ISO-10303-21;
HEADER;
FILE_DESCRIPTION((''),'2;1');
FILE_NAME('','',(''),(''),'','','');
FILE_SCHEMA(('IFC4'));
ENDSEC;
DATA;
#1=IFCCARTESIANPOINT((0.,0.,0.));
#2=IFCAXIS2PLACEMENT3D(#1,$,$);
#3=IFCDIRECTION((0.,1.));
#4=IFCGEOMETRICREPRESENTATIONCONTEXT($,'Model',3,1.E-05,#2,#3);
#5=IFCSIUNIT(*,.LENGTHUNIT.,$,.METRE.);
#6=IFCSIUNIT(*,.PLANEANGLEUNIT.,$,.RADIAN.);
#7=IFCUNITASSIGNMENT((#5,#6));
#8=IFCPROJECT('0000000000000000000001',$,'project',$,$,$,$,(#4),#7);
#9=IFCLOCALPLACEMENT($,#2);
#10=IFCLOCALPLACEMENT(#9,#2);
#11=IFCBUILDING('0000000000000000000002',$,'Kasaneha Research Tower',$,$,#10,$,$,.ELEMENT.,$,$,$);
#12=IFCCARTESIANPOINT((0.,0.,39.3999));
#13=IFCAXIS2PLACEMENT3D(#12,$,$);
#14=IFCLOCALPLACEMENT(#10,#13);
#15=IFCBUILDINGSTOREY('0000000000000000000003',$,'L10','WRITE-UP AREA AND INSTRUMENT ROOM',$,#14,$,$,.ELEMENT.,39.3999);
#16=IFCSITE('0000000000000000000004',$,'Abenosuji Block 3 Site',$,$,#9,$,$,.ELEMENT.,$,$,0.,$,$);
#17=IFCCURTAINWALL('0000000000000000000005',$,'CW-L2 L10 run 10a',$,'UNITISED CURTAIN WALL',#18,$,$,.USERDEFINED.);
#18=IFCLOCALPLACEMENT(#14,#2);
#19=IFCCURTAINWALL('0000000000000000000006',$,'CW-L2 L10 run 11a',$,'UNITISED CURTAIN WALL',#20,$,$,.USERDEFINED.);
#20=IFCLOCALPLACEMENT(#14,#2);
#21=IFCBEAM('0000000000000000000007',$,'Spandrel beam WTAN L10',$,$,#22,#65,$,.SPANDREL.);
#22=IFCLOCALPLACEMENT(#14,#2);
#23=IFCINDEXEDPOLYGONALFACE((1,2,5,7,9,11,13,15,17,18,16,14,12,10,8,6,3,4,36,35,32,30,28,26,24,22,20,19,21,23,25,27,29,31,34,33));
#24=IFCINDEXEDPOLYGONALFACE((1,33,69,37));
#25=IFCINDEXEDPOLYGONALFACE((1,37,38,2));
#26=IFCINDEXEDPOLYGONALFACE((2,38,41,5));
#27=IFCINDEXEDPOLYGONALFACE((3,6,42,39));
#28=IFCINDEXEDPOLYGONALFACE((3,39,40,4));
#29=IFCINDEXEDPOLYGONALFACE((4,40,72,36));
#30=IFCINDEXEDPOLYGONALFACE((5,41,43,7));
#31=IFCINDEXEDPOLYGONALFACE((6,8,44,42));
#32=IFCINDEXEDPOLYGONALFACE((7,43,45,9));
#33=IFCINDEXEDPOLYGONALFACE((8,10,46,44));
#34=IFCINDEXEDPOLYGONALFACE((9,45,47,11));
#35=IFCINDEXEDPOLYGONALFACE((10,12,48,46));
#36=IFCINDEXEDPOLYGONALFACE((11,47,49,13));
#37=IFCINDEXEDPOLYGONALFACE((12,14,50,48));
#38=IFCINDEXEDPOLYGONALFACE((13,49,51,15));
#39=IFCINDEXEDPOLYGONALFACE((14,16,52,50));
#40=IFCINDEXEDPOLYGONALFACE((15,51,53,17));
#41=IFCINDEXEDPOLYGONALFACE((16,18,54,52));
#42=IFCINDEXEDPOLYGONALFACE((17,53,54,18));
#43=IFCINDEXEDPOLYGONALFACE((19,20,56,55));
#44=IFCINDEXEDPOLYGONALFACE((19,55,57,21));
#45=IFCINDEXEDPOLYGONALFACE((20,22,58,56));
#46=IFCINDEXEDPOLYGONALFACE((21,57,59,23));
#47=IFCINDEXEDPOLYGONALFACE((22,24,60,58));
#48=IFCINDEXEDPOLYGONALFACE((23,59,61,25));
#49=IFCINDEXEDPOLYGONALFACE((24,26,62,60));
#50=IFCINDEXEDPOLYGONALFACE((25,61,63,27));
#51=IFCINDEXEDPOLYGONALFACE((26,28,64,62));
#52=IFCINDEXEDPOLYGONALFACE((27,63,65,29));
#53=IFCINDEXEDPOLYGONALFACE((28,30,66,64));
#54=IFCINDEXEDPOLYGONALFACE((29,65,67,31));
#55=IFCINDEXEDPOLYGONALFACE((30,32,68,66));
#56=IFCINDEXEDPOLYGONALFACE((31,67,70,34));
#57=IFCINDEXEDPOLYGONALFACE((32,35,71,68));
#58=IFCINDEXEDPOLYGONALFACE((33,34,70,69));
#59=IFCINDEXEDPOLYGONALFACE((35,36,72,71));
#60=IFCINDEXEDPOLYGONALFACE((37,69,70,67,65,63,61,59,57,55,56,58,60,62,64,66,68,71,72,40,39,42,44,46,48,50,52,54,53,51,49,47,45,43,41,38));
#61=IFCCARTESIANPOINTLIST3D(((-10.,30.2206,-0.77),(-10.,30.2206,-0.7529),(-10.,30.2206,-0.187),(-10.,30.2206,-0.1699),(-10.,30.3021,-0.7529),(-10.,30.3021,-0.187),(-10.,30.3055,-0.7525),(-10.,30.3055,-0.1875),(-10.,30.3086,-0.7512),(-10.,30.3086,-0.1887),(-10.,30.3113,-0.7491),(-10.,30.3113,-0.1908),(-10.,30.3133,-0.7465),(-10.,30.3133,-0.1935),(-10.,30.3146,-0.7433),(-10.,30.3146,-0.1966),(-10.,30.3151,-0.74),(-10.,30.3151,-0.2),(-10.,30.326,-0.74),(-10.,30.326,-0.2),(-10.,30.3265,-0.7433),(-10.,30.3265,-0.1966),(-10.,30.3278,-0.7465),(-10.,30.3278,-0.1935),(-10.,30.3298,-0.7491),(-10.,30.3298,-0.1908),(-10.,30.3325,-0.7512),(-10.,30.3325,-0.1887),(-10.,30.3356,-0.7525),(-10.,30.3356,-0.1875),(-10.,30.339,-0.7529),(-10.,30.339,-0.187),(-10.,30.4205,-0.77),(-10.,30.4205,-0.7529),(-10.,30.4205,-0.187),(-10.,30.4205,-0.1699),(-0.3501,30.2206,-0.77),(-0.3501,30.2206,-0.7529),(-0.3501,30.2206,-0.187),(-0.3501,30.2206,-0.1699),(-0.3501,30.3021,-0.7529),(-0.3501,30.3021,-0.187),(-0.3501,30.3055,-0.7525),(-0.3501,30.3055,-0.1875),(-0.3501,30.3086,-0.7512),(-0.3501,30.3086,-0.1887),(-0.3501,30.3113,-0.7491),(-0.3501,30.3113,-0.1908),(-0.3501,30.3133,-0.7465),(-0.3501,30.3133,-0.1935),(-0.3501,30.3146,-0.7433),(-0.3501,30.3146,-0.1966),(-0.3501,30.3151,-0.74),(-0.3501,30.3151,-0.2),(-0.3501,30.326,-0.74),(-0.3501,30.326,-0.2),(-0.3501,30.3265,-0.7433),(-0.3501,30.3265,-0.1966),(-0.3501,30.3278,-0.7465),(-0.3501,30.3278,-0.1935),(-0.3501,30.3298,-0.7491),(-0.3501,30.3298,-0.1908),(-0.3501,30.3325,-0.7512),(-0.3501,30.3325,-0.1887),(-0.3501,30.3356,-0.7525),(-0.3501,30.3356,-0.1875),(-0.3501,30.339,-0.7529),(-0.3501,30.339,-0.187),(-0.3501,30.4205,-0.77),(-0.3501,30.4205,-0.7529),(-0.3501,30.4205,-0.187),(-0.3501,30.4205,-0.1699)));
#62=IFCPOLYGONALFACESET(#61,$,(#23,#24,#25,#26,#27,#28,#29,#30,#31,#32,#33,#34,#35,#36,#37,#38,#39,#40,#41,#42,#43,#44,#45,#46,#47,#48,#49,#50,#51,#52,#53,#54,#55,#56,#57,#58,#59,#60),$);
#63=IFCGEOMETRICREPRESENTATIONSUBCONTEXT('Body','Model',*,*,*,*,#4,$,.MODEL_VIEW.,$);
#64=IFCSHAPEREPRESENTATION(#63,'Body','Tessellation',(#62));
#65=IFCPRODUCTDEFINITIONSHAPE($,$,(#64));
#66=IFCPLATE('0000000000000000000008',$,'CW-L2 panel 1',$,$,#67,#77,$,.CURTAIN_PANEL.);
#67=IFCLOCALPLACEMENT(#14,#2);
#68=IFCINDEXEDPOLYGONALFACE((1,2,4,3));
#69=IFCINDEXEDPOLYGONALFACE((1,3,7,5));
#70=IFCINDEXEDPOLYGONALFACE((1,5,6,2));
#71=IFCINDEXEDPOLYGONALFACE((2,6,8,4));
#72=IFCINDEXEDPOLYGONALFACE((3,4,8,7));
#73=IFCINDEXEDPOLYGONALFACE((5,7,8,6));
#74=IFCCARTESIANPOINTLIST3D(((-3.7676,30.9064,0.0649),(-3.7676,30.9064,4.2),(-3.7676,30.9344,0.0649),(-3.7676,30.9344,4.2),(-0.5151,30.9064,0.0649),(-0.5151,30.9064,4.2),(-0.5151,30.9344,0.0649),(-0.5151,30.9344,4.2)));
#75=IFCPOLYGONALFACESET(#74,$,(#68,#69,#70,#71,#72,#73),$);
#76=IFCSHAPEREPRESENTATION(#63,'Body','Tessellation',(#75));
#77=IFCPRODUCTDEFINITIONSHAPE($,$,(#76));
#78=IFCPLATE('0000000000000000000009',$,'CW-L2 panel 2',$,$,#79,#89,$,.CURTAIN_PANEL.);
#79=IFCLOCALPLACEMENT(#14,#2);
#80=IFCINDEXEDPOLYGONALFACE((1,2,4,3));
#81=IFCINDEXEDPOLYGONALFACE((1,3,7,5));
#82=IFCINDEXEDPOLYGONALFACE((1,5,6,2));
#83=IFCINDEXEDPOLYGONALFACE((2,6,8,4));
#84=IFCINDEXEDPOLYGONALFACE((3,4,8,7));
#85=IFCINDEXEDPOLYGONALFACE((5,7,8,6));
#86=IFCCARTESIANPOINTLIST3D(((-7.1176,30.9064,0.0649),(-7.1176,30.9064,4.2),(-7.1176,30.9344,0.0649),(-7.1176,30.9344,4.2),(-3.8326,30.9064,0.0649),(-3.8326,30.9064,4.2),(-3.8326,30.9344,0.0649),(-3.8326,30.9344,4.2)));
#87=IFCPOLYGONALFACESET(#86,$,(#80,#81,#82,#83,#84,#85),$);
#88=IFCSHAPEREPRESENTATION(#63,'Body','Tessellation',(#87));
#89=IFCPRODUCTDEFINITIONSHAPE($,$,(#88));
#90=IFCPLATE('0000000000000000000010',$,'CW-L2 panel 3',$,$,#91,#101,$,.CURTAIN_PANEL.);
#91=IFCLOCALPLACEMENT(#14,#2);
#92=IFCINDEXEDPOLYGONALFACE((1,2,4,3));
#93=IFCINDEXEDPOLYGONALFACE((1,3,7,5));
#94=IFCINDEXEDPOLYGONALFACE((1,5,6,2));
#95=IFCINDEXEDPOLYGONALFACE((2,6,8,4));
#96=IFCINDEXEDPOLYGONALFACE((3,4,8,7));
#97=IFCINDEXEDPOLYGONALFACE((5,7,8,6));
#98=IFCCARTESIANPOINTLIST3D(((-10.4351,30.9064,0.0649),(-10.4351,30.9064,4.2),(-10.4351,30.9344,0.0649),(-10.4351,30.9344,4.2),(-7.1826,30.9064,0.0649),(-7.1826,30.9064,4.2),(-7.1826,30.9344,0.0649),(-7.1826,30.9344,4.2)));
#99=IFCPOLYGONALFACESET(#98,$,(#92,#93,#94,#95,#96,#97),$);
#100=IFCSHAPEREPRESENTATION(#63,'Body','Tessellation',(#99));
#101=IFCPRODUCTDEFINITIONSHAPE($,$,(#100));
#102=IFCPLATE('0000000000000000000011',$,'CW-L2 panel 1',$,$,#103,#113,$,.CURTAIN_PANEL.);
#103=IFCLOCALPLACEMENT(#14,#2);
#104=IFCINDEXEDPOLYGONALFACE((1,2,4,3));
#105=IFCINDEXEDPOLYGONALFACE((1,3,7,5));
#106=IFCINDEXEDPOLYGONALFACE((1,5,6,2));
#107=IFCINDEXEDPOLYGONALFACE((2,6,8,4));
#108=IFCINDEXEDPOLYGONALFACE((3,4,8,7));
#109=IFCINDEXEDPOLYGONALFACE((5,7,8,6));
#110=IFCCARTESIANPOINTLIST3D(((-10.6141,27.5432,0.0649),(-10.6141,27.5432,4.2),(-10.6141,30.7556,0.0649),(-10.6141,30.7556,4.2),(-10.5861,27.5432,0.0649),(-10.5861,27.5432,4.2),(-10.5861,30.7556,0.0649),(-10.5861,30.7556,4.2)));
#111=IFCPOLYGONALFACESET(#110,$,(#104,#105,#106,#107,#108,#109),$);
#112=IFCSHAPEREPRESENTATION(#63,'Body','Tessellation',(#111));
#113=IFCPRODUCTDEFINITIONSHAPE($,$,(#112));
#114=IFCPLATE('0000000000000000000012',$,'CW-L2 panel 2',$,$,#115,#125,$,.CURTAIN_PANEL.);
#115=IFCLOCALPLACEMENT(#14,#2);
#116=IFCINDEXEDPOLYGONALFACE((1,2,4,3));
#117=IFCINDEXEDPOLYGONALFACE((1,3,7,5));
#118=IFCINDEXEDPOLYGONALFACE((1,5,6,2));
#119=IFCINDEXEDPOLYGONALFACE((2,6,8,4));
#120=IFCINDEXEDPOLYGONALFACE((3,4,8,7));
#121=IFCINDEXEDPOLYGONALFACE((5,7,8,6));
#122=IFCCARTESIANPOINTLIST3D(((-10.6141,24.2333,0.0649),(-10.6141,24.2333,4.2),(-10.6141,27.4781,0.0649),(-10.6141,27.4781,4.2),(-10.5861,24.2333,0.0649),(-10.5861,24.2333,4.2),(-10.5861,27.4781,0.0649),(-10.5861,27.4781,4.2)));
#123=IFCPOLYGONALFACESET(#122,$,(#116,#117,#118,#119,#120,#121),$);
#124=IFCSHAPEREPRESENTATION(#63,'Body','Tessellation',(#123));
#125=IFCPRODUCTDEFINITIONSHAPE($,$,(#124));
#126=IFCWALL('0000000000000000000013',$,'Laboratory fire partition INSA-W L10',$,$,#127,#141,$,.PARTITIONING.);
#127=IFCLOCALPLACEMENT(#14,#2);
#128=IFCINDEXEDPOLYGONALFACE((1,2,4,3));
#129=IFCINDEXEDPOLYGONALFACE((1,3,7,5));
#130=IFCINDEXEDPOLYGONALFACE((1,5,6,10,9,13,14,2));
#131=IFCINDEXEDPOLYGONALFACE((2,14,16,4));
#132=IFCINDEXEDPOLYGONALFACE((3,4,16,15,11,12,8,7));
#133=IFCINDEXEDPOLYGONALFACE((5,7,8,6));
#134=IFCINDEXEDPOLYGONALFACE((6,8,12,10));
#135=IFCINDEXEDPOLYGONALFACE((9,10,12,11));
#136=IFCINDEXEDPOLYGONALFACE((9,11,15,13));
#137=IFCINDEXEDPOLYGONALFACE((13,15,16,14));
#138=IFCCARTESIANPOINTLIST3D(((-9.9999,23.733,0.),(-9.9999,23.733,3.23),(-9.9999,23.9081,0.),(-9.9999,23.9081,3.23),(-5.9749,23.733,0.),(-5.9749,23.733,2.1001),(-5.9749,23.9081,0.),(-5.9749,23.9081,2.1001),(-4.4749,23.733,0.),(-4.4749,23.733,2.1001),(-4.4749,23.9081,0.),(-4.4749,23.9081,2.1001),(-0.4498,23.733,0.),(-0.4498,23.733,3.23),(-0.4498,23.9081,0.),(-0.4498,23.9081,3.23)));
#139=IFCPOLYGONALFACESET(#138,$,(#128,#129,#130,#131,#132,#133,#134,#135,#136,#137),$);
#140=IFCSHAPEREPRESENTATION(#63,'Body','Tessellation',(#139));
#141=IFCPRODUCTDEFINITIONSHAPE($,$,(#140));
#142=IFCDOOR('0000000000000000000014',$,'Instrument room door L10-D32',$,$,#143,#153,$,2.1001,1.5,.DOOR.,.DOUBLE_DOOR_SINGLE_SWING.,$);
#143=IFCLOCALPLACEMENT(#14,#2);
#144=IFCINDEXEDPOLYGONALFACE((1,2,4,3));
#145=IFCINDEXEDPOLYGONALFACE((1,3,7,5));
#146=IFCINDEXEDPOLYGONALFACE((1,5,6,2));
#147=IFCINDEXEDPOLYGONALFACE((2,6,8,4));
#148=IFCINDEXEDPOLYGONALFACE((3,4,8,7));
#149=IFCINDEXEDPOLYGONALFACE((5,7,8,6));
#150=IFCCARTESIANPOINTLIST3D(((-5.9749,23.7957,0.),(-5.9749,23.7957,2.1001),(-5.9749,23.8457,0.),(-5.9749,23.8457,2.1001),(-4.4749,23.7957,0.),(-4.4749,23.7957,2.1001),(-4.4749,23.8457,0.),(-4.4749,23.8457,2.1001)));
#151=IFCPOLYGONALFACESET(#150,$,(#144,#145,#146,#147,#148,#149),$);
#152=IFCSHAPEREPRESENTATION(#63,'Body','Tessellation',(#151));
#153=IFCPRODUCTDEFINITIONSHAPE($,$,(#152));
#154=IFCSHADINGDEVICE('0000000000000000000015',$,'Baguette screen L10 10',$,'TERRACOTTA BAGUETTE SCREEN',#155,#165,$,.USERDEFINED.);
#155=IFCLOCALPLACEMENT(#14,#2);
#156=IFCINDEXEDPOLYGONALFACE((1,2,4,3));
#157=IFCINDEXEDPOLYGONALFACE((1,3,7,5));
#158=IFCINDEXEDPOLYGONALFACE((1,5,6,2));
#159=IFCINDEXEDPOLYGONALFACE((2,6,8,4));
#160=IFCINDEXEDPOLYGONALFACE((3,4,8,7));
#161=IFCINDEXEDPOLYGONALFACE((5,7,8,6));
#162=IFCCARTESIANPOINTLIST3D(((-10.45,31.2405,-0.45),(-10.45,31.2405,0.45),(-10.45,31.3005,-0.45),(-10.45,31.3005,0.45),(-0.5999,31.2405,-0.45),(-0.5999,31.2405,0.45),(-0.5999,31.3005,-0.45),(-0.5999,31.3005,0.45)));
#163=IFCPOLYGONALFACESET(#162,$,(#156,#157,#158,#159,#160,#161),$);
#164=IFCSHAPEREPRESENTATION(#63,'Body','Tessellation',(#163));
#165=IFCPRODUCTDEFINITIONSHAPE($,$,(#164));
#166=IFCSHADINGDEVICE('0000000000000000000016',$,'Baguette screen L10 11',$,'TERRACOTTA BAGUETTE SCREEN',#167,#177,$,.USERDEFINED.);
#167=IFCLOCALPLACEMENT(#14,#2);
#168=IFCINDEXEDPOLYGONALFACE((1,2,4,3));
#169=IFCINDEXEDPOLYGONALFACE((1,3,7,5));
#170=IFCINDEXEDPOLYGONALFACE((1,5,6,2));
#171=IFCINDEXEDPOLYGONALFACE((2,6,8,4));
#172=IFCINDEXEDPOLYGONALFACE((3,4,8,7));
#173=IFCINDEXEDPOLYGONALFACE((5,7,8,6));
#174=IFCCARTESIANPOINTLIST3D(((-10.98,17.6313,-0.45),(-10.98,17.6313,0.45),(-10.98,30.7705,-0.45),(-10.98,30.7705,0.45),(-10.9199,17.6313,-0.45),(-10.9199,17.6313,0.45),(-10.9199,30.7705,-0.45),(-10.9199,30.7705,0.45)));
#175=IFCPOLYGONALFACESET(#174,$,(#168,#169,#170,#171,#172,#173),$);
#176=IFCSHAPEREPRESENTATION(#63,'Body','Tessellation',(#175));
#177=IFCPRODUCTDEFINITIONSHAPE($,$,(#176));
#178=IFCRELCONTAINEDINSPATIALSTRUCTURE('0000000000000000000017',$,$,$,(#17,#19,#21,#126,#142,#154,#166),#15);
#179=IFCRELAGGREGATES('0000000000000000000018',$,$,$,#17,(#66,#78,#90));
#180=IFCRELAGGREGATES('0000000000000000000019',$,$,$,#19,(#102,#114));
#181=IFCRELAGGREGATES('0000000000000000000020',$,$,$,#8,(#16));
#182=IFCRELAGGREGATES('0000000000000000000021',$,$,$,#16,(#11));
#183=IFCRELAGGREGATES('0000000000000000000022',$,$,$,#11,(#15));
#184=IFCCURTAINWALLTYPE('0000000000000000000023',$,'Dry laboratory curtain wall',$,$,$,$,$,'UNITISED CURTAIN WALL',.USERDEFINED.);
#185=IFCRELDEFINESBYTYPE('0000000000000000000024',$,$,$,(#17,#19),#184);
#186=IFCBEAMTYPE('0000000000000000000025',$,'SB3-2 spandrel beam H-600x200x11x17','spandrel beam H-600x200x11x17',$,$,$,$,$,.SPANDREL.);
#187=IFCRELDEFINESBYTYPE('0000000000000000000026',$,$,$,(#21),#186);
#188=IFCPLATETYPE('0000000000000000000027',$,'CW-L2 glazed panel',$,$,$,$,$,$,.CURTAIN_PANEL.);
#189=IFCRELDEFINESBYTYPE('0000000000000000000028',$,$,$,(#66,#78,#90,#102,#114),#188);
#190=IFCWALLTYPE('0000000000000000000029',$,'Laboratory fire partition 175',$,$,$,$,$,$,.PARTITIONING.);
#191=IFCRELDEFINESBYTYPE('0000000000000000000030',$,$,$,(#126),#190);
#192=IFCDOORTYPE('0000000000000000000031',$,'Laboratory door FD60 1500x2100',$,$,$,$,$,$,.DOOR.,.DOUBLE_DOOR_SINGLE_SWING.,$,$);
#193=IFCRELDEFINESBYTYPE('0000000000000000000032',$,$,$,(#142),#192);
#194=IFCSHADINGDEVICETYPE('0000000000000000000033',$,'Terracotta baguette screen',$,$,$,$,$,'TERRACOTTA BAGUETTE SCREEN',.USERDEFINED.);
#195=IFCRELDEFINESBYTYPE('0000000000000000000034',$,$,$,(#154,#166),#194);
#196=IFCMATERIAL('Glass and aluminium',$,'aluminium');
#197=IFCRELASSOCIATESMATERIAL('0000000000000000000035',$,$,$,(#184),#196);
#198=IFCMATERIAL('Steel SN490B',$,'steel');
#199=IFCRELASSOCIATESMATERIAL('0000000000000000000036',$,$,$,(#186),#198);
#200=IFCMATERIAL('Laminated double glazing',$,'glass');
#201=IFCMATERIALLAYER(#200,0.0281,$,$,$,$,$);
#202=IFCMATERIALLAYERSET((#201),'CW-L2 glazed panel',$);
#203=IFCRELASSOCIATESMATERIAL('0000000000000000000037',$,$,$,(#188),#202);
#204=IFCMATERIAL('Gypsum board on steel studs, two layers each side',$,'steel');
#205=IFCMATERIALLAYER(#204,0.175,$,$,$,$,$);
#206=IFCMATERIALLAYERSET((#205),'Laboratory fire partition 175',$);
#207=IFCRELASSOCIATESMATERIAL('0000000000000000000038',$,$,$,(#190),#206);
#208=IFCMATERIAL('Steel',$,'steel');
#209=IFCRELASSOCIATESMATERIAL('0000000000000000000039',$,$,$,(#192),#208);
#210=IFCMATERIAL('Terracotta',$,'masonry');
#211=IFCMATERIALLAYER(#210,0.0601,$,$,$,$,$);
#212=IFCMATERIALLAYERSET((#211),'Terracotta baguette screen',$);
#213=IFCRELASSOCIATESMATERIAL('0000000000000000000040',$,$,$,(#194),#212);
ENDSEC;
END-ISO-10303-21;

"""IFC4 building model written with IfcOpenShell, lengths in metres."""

from ifc_helpers import new_model, si_unit, direction, frame, frame_2d, origin, origin_2d, place, context, subcontext, project, spatial, rectangle, i_section, extrude, material, layer, layer_set, material_profile, profile_set, type_object, element, fill, aggregate, save


model = new_model("IFC4")

# Units and contexts
model_context = context("Model", 3, precision=1e-05, world=origin(), true_north=direction((0.0, 1.0)))
body_context = subcontext(model_context, "Body", "Model", "MODEL_VIEW")
ifc_project = project(units=[si_unit("LENGTHUNIT", "METRE"), si_unit("PLANEANGLEUNIT", "RADIAN")], contexts=[model_context])

# Site, building, storey
site_placement = place(None, origin())
site = spatial("IfcSite", under=ifc_project, at=site_placement, Name="Abenosuji Block 3 Site", CompositionType="ELEMENT", RefElevation=0.0)
building_placement = place(site_placement, origin())
building = spatial("IfcBuilding", under=site, at=building_placement, Name="Kasaneha Research Tower", CompositionType="ELEMENT")
storey_placement = place(building_placement, frame((0.0, 0.0, 39.3999)))
storey = spatial("IfcBuildingStorey", under=building, at=storey_placement, Name="L10", Description="WRITE-UP AREA AND INSTRUMENT ROOM", CompositionType="ELEMENT", Elevation=39.3999)

# Curtain walls
ifc_material_1 = material(Name="Glass and aluminium", Category="aluminium")
curtain_wall_type = type_object("IfcCurtainWallType", Name="Dry laboratory curtain wall", ElementType="UNITISED CURTAIN WALL", PredefinedType="USERDEFINED", material=ifc_material_1)
curtain_wall_1_placement = place(storey_placement, origin())
curtain_wall_1 = element("IfcCurtainWall", 1, at=curtain_wall_1_placement, inside=storey, type_object=curtain_wall_type, Name="CW-L2 L10 run 10a", ObjectType="UNITISED CURTAIN WALL", PredefinedType="USERDEFINED")
curtain_wall_2_placement = place(storey_placement, origin())
curtain_wall_2 = element("IfcCurtainWall", 2, at=curtain_wall_2_placement, inside=storey, type_object=curtain_wall_type, Name="CW-L2 L10 run 11a", ObjectType="UNITISED CURTAIN WALL", PredefinedType="USERDEFINED")

# Beam
ifc_material_2 = material(Name="Steel SN490B", Category="steel")
ifc_material_profile_1 = material_profile(ifc_material_2, i_section(OverallWidth=0.2, OverallDepth=0.6001, WebThickness=0.011, FlangeThickness=0.0171, FilletRadius=0.0129, at=origin_2d()), Name="H-600x200x11x17")
ifc_profile_set_1 = profile_set([ifc_material_profile_1], Name="Steel SN490B")
beam_type_1 = type_object("IfcBeamType", Name="SB3-2 spandrel beam H-600x200x11x17", Description="spandrel beam H-600x200x11x17", PredefinedType="SPANDREL", material=ifc_profile_set_1)
beam_1_placement = place(storey_placement, frame((-10.0, 30.3206, -0.47), z_axis=(1.0, 0.0, 0.0), x_axis=(0.0, 1.0, 0.0)))
element("IfcBeam", 3, at=beam_1_placement, inside=storey, type_object=beam_type_1, Name="Spandrel beam WTAN L10", PredefinedType="SPANDREL", context=body_context, shape_type="SweptSolid", body=[
    extrude(i_section(OverallWidth=0.2, OverallDepth=0.6001, WebThickness=0.011, FlangeThickness=0.0171, FilletRadius=0.0129, at=origin_2d()), origin(), (0.0, 0.0, 1.0), 9.6499),
])

# Plates
ifc_material_3 = material(Name="Laminated double glazing", Category="glass")
ifc_layer_1 = layer(ifc_material_3, 0.0281)
ifc_layer_set_1 = layer_set([ifc_layer_1], Name="CW-L2 glazed panel")
plate_type = type_object("IfcPlateType", Name="CW-L2 glazed panel", PredefinedType="CURTAIN_PANEL", material=ifc_layer_set_1)
plate_1_placement = place(storey_placement, frame((-2.1414, 30.9204, 0.0649), z_axis=(0.0, 0.0, 1.0), x_axis=(-1.0, 0.0, 0.0)))
plate_1 = element("IfcPlate", 4, at=plate_1_placement, type_object=plate_type, Name="CW-L2 panel 1", PredefinedType="CURTAIN_PANEL", context=body_context, shape_type="SweptSolid", body=[
    extrude(rectangle(XDim=3.2524, YDim=0.0281, at=origin_2d()), origin(), (0.0, 0.0, 1.0), 4.135),
])
plate_2_placement = place(storey_placement, frame((-5.4751, 30.9204, 0.0649), z_axis=(0.0, 0.0, 1.0), x_axis=(-1.0, 0.0, 0.0)))
plate_2 = element("IfcPlate", 5, at=plate_2_placement, type_object=plate_type, Name="CW-L2 panel 2", PredefinedType="CURTAIN_PANEL", context=body_context, shape_type="SweptSolid", body=[
    extrude(rectangle(XDim=3.2849, YDim=0.0281, at=origin_2d()), origin(), (0.0, 0.0, 1.0), 4.135),
])
plate_3_placement = place(storey_placement, frame((-8.8088, 30.9204, 0.0649), z_axis=(0.0, 0.0, 1.0), x_axis=(-1.0, 0.0, 0.0)))
plate_3 = element("IfcPlate", 6, at=plate_3_placement, type_object=plate_type, Name="CW-L2 panel 3", PredefinedType="CURTAIN_PANEL", context=body_context, shape_type="SweptSolid", body=[
    extrude(rectangle(XDim=3.2524, YDim=0.0281, at=origin_2d()), origin(), (0.0, 0.0, 1.0), 4.135),
])
aggregate(curtain_wall_1, [plate_1, plate_2, plate_3])
plate_4_placement = place(storey_placement, frame((-10.6001, 29.1494, 0.0649), z_axis=(0.0, 0.0, 1.0), x_axis=(0.0, -1.0, 0.0)))
plate_4 = element("IfcPlate", 7, at=plate_4_placement, type_object=plate_type, Name="CW-L2 panel 1", PredefinedType="CURTAIN_PANEL", context=body_context, shape_type="SweptSolid", body=[
    extrude(rectangle(XDim=3.2124, YDim=0.0281, at=origin_2d()), origin(), (0.0, 0.0, 1.0), 4.135),
])
plate_5_placement = place(storey_placement, frame((-10.6001, 25.8557, 0.0649), z_axis=(0.0, 0.0, 1.0), x_axis=(0.0, -1.0, 0.0)))
plate_5 = element("IfcPlate", 8, at=plate_5_placement, type_object=plate_type, Name="CW-L2 panel 2", PredefinedType="CURTAIN_PANEL", context=body_context, shape_type="SweptSolid", body=[
    extrude(rectangle(XDim=3.2449, YDim=0.0281, at=origin_2d()), origin(), (0.0, 0.0, 1.0), 4.135),
])
aggregate(curtain_wall_2, [plate_4, plate_5])

# Wall, opening, door
ifc_material_4 = material(Name="Gypsum board on steel studs, two layers each side", Category="steel")
ifc_layer_2 = layer(ifc_material_4, 0.175)
ifc_layer_set_2 = layer_set([ifc_layer_2], Name="Laboratory fire partition 175")
wall_type = type_object("IfcWallType", Name="Laboratory fire partition 175", PredefinedType="PARTITIONING", material=ifc_layer_set_2)
wall_placement = place(storey_placement, frame((-0.45, 23.8206, 0.0), z_axis=(0.0, 0.0, 1.0), x_axis=(-1.0, 0.0, 0.0)))
wall = element("IfcWall", 9, at=wall_placement, inside=storey, type_object=wall_type, Name="Laboratory fire partition INSA-W L10", PredefinedType="PARTITIONING", context=body_context, shape_type="SweptSolid", body=[
    extrude(rectangle(XDim=9.55, YDim=0.175, at=frame_2d((4.7749, 0.0))), origin(), (0.0, 0.0, 1.0), 3.23),
])
opening_placement = place(wall_placement, frame((4.0249, 0.0, 0.0)))
opening = element("IfcOpeningElement", 10, at=opening_placement, cuts=wall, PredefinedType="OPENING", context=body_context, shape_type="SweptSolid", body=[
    extrude(rectangle(XDim=1.5, YDim=2.1001, at=frame_2d((0.75, 1.05))), frame((0.0, 0.0977, 0.0), z_axis=(0.0, -1.0, 0.0), x_axis=(1.0, 0.0, 0.0)), (0.0, 0.0, 1.0), 0.1951),
])
ifc_material_5 = material(Name="Steel", Category="steel")
door_type = type_object("IfcDoorType", Name="Laboratory door FD60 1500x2100", OperationType="DOUBLE_DOOR_SINGLE_SWING", PredefinedType="DOOR", material=ifc_material_5)
door_placement = place(opening_placement, origin())
door = element("IfcDoor", 11, at=door_placement, inside=storey, type_object=door_type, Name="Instrument room door L10-D32", OperationType="DOUBLE_DOOR_SINGLE_SWING", OverallHeight=2.1001, OverallWidth=1.5, PredefinedType="DOOR", context=body_context, shape_type="SweptSolid", body=[
    extrude(rectangle(XDim=1.5, YDim=2.1001, at=frame_2d((0.75, 1.05))), frame((0.0, 0.0249, 0.0), z_axis=(0.0, -1.0, 0.0), x_axis=(1.0, 0.0, 0.0)), (0.0, 0.0, 1.0), 0.05),
])
fill(opening, door)

# Shading devices
ifc_material_6 = material(Name="Terracotta", Category="masonry")
ifc_layer_3 = layer(ifc_material_6, 0.0601)
ifc_layer_set_3 = layer_set([ifc_layer_3], Name="Terracotta baguette screen")
shading_device_type = type_object("IfcShadingDeviceType", Name="Terracotta baguette screen", ElementType="TERRACOTTA BAGUETTE SCREEN", PredefinedType="USERDEFINED", material=ifc_layer_set_3)
shading_device_1_placement = place(storey_placement, frame((-5.5249, 31.2705, -0.45), z_axis=(0.0, 0.0, 1.0), x_axis=(-1.0, 0.0, 0.0)))
element("IfcShadingDevice", 12, at=shading_device_1_placement, inside=storey, type_object=shading_device_type, Name="Baguette screen L10 10", ObjectType="TERRACOTTA BAGUETTE SCREEN", PredefinedType="USERDEFINED", context=body_context, shape_type="SweptSolid", body=[
    extrude(rectangle(XDim=9.8501, YDim=0.0601, at=origin_2d()), origin(), (0.0, 0.0, 1.0), 0.8999),
])
shading_device_2_placement = place(storey_placement, frame((-10.95, 24.2009, -0.45), z_axis=(0.0, 0.0, 1.0), x_axis=(0.0, -1.0, 0.0)))
element("IfcShadingDevice", 13, at=shading_device_2_placement, inside=storey, type_object=shading_device_type, Name="Baguette screen L10 11", ObjectType="TERRACOTTA BAGUETTE SCREEN", PredefinedType="USERDEFINED", context=body_context, shape_type="SweptSolid", body=[
    extrude(rectangle(XDim=13.1392, YDim=0.0601, at=origin_2d()), origin(), (0.0, 0.0, 1.0), 0.8999),
])

save(model, "model.ifc")
